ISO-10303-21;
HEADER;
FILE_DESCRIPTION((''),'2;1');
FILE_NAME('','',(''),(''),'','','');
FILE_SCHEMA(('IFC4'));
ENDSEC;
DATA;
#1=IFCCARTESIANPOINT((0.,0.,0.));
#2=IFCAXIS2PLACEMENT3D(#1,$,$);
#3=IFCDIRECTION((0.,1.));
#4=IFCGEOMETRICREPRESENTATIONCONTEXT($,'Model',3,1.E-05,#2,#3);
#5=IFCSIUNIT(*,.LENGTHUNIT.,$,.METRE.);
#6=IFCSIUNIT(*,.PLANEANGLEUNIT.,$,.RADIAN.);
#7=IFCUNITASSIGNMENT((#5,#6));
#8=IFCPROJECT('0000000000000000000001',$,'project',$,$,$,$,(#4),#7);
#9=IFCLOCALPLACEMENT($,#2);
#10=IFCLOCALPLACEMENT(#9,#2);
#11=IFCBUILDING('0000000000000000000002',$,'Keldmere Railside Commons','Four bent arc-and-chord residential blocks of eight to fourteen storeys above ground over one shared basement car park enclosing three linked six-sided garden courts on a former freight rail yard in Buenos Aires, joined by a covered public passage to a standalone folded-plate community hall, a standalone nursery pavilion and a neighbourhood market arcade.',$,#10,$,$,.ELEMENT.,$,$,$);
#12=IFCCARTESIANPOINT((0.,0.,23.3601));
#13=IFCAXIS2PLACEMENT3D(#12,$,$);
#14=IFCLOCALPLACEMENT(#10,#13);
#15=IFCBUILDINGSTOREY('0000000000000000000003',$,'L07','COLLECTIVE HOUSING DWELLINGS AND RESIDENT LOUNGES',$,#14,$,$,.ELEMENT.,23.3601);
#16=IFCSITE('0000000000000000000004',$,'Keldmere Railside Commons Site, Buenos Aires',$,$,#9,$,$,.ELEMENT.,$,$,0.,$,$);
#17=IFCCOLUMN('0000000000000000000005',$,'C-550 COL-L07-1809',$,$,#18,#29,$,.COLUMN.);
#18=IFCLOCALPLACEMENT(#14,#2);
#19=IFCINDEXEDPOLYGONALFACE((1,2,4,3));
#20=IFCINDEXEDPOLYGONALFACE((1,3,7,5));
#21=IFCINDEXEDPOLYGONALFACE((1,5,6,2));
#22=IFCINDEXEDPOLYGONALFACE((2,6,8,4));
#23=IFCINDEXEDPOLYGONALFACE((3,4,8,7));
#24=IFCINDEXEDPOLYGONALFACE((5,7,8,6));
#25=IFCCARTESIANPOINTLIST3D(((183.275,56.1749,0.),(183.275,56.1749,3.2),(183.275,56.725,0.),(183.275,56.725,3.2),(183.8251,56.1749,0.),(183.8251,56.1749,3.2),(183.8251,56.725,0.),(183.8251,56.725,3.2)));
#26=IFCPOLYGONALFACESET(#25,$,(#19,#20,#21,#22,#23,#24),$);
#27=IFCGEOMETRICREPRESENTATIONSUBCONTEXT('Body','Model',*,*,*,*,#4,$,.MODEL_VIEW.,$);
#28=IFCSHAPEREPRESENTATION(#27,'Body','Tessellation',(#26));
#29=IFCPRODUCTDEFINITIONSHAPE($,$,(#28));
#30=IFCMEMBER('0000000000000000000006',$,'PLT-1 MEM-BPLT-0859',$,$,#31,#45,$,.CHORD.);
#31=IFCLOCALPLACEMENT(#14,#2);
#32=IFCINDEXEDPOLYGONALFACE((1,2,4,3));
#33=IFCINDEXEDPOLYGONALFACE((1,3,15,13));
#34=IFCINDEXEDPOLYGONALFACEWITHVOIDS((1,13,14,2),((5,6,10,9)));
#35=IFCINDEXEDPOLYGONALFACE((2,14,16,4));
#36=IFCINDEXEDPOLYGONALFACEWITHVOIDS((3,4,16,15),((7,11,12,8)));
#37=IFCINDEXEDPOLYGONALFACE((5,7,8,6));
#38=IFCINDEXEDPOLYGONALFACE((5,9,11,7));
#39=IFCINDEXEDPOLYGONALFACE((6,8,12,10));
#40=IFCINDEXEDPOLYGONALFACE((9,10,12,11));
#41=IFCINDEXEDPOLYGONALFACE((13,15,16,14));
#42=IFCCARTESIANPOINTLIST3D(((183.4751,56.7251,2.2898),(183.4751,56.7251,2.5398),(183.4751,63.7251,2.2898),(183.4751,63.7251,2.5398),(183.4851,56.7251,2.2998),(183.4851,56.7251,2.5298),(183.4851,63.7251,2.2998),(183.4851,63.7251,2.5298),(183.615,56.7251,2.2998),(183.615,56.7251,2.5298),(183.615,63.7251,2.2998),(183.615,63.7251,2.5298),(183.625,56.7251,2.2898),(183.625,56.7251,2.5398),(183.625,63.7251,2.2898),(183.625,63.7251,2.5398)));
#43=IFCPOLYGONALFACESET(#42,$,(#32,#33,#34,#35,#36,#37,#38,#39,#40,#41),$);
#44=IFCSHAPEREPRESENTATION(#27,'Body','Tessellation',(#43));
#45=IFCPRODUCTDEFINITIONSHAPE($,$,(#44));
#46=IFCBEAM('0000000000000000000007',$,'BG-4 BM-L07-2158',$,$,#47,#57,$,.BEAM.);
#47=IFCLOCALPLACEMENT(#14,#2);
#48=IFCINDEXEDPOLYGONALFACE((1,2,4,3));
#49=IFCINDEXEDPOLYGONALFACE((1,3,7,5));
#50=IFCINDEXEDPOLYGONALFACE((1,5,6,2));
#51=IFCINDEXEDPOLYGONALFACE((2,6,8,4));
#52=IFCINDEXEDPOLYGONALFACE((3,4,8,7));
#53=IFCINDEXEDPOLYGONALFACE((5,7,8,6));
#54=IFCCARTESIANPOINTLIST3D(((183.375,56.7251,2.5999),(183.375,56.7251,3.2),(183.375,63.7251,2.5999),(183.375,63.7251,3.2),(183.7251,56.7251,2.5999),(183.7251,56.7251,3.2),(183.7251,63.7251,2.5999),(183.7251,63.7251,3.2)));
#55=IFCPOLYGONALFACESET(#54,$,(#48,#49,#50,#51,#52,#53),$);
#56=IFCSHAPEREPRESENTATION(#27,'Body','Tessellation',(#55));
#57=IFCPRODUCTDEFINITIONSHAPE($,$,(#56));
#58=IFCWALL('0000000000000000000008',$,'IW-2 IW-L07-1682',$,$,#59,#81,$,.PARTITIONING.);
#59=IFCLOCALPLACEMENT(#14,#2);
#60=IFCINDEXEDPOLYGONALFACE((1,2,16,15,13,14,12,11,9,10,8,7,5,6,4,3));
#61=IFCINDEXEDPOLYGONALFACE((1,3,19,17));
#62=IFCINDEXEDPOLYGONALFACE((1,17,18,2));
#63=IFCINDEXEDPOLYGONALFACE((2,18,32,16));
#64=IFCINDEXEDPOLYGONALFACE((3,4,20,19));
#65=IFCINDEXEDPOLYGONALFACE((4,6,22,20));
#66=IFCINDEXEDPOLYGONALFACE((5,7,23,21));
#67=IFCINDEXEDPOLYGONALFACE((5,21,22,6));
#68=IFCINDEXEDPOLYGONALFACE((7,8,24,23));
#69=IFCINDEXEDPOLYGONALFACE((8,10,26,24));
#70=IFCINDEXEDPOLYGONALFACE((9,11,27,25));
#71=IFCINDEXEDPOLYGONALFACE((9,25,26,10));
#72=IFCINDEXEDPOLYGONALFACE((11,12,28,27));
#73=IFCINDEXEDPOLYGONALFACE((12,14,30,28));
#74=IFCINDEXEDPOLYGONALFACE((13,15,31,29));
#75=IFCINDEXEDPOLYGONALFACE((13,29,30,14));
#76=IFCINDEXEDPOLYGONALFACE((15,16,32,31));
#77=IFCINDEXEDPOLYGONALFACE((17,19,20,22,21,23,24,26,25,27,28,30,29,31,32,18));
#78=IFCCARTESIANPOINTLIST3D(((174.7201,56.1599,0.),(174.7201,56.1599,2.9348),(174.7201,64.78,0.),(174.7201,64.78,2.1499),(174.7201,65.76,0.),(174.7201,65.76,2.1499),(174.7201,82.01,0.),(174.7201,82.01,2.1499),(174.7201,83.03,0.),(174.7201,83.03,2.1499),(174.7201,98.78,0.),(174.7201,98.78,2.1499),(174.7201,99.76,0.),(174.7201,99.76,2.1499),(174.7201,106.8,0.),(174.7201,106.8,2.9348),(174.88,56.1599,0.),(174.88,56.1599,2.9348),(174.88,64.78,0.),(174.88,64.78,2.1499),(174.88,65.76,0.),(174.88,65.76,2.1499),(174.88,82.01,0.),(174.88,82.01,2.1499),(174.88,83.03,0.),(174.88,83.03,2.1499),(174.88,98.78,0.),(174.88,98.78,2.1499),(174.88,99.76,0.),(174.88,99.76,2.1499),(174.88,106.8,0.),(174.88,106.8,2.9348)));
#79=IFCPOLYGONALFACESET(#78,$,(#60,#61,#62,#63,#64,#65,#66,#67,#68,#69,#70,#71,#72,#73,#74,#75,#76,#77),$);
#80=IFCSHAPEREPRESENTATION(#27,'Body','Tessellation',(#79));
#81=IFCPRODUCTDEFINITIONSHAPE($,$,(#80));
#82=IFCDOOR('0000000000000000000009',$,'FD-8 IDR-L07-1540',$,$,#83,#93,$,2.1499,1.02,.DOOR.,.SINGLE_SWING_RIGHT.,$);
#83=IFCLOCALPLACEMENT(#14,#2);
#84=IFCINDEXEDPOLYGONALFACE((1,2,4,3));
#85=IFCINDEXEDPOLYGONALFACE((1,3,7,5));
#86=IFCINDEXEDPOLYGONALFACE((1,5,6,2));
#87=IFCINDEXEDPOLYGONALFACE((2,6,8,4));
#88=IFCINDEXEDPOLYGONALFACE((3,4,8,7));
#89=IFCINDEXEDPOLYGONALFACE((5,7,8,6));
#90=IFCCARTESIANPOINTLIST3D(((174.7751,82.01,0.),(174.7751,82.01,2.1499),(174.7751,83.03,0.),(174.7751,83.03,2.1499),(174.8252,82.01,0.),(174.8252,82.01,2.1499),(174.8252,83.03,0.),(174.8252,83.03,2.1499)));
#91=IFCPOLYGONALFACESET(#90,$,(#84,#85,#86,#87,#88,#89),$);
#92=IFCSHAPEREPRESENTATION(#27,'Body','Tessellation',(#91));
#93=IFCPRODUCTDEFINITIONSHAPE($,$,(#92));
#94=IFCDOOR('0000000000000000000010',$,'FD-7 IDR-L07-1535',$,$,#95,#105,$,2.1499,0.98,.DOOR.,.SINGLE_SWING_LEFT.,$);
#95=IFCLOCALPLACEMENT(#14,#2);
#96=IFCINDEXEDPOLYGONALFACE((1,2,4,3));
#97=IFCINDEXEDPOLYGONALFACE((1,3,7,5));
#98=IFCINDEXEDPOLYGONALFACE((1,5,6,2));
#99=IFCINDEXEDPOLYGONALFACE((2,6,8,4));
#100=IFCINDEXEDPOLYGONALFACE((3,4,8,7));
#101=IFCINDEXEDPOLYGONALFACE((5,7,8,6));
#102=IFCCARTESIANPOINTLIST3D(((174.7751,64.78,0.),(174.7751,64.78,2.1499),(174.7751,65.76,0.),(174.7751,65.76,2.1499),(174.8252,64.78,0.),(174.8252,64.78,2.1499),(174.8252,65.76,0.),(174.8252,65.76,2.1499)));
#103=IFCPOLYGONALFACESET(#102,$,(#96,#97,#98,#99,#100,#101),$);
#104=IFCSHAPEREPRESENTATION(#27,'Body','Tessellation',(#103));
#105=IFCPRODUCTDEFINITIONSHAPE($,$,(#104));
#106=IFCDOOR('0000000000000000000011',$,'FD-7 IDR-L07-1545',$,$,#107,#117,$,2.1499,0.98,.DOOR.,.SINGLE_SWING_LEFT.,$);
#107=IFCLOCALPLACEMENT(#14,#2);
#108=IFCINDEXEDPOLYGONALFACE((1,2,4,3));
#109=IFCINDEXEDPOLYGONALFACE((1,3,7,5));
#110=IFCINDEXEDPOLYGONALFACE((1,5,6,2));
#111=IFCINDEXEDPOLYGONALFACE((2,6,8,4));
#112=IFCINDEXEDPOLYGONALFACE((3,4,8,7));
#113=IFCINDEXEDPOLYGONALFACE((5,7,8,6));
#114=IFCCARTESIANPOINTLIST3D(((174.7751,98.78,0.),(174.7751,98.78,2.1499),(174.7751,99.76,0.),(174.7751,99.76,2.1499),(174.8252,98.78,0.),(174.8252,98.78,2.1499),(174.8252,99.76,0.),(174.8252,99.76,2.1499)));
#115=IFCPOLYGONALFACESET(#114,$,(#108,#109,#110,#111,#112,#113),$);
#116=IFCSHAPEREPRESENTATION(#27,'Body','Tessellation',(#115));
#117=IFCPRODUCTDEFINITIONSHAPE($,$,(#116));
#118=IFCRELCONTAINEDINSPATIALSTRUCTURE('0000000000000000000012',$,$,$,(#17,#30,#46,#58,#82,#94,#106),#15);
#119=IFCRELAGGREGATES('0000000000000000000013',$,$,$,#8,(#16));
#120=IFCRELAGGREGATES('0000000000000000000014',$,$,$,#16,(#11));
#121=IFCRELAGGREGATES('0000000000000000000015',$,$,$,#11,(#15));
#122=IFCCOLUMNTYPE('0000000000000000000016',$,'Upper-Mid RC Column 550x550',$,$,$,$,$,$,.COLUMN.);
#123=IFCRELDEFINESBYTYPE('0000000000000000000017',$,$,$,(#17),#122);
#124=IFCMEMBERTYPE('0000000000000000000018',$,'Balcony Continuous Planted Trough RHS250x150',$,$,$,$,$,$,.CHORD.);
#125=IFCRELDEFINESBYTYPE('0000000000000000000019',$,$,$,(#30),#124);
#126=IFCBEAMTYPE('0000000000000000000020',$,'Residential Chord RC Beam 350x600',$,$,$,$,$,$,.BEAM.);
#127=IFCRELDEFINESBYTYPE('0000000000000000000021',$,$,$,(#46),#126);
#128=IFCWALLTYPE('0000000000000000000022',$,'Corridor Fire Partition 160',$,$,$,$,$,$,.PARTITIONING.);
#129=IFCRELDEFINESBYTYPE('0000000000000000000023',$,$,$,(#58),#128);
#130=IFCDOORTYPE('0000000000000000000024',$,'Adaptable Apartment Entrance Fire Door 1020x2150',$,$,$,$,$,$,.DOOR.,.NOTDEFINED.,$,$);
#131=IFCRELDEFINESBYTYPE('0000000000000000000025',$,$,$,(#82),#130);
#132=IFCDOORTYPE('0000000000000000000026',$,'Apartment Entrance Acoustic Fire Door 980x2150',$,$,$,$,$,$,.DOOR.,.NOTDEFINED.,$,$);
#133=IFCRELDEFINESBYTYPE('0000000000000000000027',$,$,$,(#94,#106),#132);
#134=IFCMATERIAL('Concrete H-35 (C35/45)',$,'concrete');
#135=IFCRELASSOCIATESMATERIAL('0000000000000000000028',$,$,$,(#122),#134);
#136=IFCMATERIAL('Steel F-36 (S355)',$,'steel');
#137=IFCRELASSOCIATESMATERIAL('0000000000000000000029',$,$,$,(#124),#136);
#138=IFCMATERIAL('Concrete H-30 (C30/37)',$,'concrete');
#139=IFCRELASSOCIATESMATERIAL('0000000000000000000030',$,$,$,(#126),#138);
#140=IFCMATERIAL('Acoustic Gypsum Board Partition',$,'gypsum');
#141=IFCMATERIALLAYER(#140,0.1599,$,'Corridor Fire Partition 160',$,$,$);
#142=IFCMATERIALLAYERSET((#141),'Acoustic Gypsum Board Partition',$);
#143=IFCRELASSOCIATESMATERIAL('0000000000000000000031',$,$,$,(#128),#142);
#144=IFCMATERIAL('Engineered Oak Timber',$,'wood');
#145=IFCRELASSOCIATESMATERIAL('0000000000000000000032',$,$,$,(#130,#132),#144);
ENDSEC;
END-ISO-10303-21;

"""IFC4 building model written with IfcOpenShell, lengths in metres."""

from ifc_helpers import new_model, si_unit, direction, frame, frame_2d, origin, origin_2d, place, context, subcontext, project, spatial, rectangle, hollow_rectangle, extrude, material, layer, layer_set, material_profile, profile_set, type_object, element, fill, save


model = new_model("IFC4")

# Units and contexts
model_context = context("Model", 3, precision=1e-05, world=origin(), true_north=direction((0.0, 1.0)))
body_context = subcontext(model_context, "Body", "Model", "MODEL_VIEW")
ifc_project = project(units=[si_unit("LENGTHUNIT", "METRE"), si_unit("PLANEANGLEUNIT", "RADIAN")], contexts=[model_context])

# Site, building, storey
site_placement = place(None, origin())
site = spatial("IfcSite", under=ifc_project, at=site_placement, Name="Keldmere Railside Commons Site, Buenos Aires", CompositionType="ELEMENT", RefElevation=0.0)
building_placement = place(site_placement, origin())
building = spatial("IfcBuilding", under=site, at=building_placement, Name="Keldmere Railside Commons", Description="Four bent arc-and-chord residential blocks of eight to fourteen storeys above ground over one shared basement car park enclosing three linked six-sided garden courts on a former freight rail yard in Buenos Aires, joined by a covered public passage to a standalone folded-plate community hall, a standalone nursery pavilion and a neighbourhood market arcade.", CompositionType="ELEMENT")
storey_placement = place(building_placement, frame((0.0, 0.0, 23.3601)))
storey = spatial("IfcBuildingStorey", under=building, at=storey_placement, Name="L07", Description="COLLECTIVE HOUSING DWELLINGS AND RESIDENT LOUNGES", CompositionType="ELEMENT", Elevation=23.3601)

# Column
ifc_material_1 = material(Name="Concrete H-35 (C35/45)", Category="concrete")
ifc_material_profile_1 = material_profile(ifc_material_1, rectangle(XDim=0.55, YDim=0.55, at=origin_2d()), Name="RC-550x550")
ifc_profile_set_1 = profile_set([ifc_material_profile_1], Name="Concrete H-35 (C35/45)")
column_type = type_object("IfcColumnType", Name="Upper-Mid RC Column 550x550", PredefinedType="COLUMN", material=ifc_profile_set_1)
column_placement = place(storey_placement, frame((183.55, 56.45, 0.0), z_axis=(0.0, 0.0, 1.0), x_axis=(1.0, 0.0, 0.0)))
element("IfcColumn", 1, at=column_placement, inside=storey, type_object=column_type, Name="C-550 COL-L07-1809", PredefinedType="COLUMN", context=body_context, shape_type="SweptSolid", body=[
    extrude(rectangle(XDim=0.55, YDim=0.55, at=origin_2d()), origin(), (0.0, 0.0, 1.0), 3.2),
])

# Member
ifc_material_2 = material(Name="Steel F-36 (S355)", Category="steel")
ifc_material_profile_2 = material_profile(ifc_material_2, hollow_rectangle(XDim=0.1499, YDim=0.25, WallThickness=0.01, at=origin_2d()), Name="RHS-250x150x10")
ifc_profile_set_2 = profile_set([ifc_material_profile_2], Name="Steel F-36 (S355)")
member_type = type_object("IfcMemberType", Name="Balcony Continuous Planted Trough RHS250x150", PredefinedType="CHORD", material=ifc_profile_set_2)
member_placement = place(storey_placement, frame((183.55, 56.7251, 2.4148), z_axis=(0.0, 1.0, 0.0), x_axis=(-1.0, 0.0, 0.0)))
element("IfcMember", 2, at=member_placement, inside=storey, type_object=member_type, Name="PLT-1 MEM-BPLT-0859", PredefinedType="CHORD", context=body_context, shape_type="SweptSolid", body=[
    extrude(hollow_rectangle(XDim=0.1499, YDim=0.25, WallThickness=0.01, at=origin_2d()), origin(), (0.0, 0.0, 1.0), 7.0),
])

# Beam
ifc_material_3 = material(Name="Concrete H-30 (C30/37)", Category="concrete")
ifc_material_profile_3 = material_profile(ifc_material_3, rectangle(XDim=0.3501, YDim=0.6001, at=origin_2d()), Name="RC-350x600")
ifc_profile_set_3 = profile_set([ifc_material_profile_3], Name="Concrete H-30 (C30/37)")
beam_type = type_object("IfcBeamType", Name="Residential Chord RC Beam 350x600", PredefinedType="BEAM", material=ifc_profile_set_3)
beam_placement = place(storey_placement, frame((183.55, 56.7251, 2.8999), z_axis=(0.0, 1.0, 0.0), x_axis=(-1.0, 0.0, 0.0)))
element("IfcBeam", 3, at=beam_placement, inside=storey, type_object=beam_type, Name="BG-4 BM-L07-2158", PredefinedType="BEAM", context=body_context, shape_type="SweptSolid", body=[
    extrude(rectangle(XDim=0.3501, YDim=0.6001, at=origin_2d()), origin(), (0.0, 0.0, 1.0), 7.0),
])

# Wall, openings, doors
ifc_material_4 = material(Name="Acoustic Gypsum Board Partition", Category="gypsum")
ifc_layer_1 = layer(ifc_material_4, 0.1599, Name="Corridor Fire Partition 160")
ifc_layer_set_1 = layer_set([ifc_layer_1], Name="Acoustic Gypsum Board Partition")
wall_type_1 = type_object("IfcWallType", Name="Corridor Fire Partition 160", PredefinedType="PARTITIONING", material=ifc_layer_set_1)
wall_1_placement = place(storey_placement, frame((174.8, 56.1599, 0.0), z_axis=(0.0, 0.0, 1.0), x_axis=(0.0, 1.0, 0.0)))
wall_1 = element("IfcWall", 4, at=wall_1_placement, inside=storey, type_object=wall_type_1, Name="IW-2 IW-L07-1682", PredefinedType="PARTITIONING", context=body_context, shape_type="SweptSolid", body=[
    extrude(rectangle(XDim=50.6401, YDim=0.1599, at=frame_2d((25.3201, 0.0))), origin(), (0.0, 0.0, 1.0), 2.9348),
])
opening_1_placement = place(wall_1_placement, frame((8.6201, 0.0, 0.0)))
opening_1 = element("IfcOpeningElement", 5, at=opening_1_placement, cuts=wall_1, PredefinedType="OPENING", context=body_context, shape_type="SweptSolid", body=[
    extrude(rectangle(XDim=0.98, YDim=2.1499, at=frame_2d((0.49, 1.075))), frame((0.0, 0.0898, 0.0), z_axis=(0.0, -1.0, 0.0), x_axis=(1.0, 0.0, 0.0)), (0.0, 0.0, 1.0), 0.1799),
])
opening_2_placement = place(wall_1_placement, frame((25.8501, 0.0, 0.0)))
opening_2 = element("IfcOpeningElement", 6, at=opening_2_placement, cuts=wall_1, PredefinedType="OPENING", context=body_context, shape_type="SweptSolid", body=[
    extrude(rectangle(XDim=1.02, YDim=2.1499, at=frame_2d((0.51, 1.075))), frame((0.0, 0.0898, 0.0), z_axis=(0.0, -1.0, 0.0), x_axis=(1.0, 0.0, 0.0)), (0.0, 0.0, 1.0), 0.1799),
])
opening_3_placement = place(wall_1_placement, frame((42.6201, 0.0, 0.0)))
opening_3 = element("IfcOpeningElement", 7, at=opening_3_placement, cuts=wall_1, PredefinedType="OPENING", context=body_context, shape_type="SweptSolid", body=[
    extrude(rectangle(XDim=0.98, YDim=2.1499, at=frame_2d((0.49, 1.075))), frame((0.0, 0.0898, 0.0), z_axis=(0.0, -1.0, 0.0), x_axis=(1.0, 0.0, 0.0)), (0.0, 0.0, 1.0), 0.1799),
])
ifc_material_5 = material(Name="Engineered Oak Timber", Category="wood")
door_type_1 = type_object("IfcDoorType", Name="Adaptable Apartment Entrance Fire Door 1020x2150", OperationType="NOTDEFINED", PredefinedType="DOOR", material=ifc_material_5)
door_1_placement = place(opening_2_placement, origin())
door_1 = element("IfcDoor", 8, at=door_1_placement, inside=storey, type_object=door_type_1, Name="FD-8 IDR-L07-1540", OperationType="SINGLE_SWING_RIGHT", OverallHeight=2.1499, OverallWidth=1.02, PredefinedType="DOOR", context=body_context, shape_type="SweptSolid", body=[
    extrude(rectangle(XDim=1.02, YDim=2.1499, at=frame_2d((0.51, 1.075))), frame((0.0, 0.0249, 0.0), z_axis=(0.0, -1.0, 0.0), x_axis=(1.0, 0.0, 0.0)), (0.0, 0.0, 1.0), 0.05),
])
fill(opening_2, door_1)
door_type_2 = type_object("IfcDoorType", Name="Apartment Entrance Acoustic Fire Door 980x2150", OperationType="NOTDEFINED", PredefinedType="DOOR", material=ifc_material_5)
door_2_placement = place(opening_1_placement, origin())
door_2 = element("IfcDoor", 9, at=door_2_placement, inside=storey, type_object=door_type_2, Name="FD-7 IDR-L07-1535", OperationType="SINGLE_SWING_LEFT", OverallHeight=2.1499, OverallWidth=0.98, PredefinedType="DOOR", context=body_context, shape_type="SweptSolid", body=[
    extrude(rectangle(XDim=0.98, YDim=2.1499, at=frame_2d((0.49, 1.075))), frame((0.0, 0.0249, 0.0), z_axis=(0.0, -1.0, 0.0), x_axis=(1.0, 0.0, 0.0)), (0.0, 0.0, 1.0), 0.05),
])
fill(opening_1, door_2)
door_3_placement = place(opening_3_placement, origin())
door_3 = element("IfcDoor", 10, at=door_3_placement, inside=storey, type_object=door_type_2, Name="FD-7 IDR-L07-1545", OperationType="SINGLE_SWING_LEFT", OverallHeight=2.1499, OverallWidth=0.98, PredefinedType="DOOR", context=body_context, shape_type="SweptSolid", body=[
    extrude(rectangle(XDim=0.98, YDim=2.1499, at=frame_2d((0.49, 1.075))), frame((0.0, 0.0249, 0.0), z_axis=(0.0, -1.0, 0.0), x_axis=(1.0, 0.0, 0.0)), (0.0, 0.0, 1.0), 0.05),
])
fill(opening_3, door_3)

save(model, "model.ifc")
